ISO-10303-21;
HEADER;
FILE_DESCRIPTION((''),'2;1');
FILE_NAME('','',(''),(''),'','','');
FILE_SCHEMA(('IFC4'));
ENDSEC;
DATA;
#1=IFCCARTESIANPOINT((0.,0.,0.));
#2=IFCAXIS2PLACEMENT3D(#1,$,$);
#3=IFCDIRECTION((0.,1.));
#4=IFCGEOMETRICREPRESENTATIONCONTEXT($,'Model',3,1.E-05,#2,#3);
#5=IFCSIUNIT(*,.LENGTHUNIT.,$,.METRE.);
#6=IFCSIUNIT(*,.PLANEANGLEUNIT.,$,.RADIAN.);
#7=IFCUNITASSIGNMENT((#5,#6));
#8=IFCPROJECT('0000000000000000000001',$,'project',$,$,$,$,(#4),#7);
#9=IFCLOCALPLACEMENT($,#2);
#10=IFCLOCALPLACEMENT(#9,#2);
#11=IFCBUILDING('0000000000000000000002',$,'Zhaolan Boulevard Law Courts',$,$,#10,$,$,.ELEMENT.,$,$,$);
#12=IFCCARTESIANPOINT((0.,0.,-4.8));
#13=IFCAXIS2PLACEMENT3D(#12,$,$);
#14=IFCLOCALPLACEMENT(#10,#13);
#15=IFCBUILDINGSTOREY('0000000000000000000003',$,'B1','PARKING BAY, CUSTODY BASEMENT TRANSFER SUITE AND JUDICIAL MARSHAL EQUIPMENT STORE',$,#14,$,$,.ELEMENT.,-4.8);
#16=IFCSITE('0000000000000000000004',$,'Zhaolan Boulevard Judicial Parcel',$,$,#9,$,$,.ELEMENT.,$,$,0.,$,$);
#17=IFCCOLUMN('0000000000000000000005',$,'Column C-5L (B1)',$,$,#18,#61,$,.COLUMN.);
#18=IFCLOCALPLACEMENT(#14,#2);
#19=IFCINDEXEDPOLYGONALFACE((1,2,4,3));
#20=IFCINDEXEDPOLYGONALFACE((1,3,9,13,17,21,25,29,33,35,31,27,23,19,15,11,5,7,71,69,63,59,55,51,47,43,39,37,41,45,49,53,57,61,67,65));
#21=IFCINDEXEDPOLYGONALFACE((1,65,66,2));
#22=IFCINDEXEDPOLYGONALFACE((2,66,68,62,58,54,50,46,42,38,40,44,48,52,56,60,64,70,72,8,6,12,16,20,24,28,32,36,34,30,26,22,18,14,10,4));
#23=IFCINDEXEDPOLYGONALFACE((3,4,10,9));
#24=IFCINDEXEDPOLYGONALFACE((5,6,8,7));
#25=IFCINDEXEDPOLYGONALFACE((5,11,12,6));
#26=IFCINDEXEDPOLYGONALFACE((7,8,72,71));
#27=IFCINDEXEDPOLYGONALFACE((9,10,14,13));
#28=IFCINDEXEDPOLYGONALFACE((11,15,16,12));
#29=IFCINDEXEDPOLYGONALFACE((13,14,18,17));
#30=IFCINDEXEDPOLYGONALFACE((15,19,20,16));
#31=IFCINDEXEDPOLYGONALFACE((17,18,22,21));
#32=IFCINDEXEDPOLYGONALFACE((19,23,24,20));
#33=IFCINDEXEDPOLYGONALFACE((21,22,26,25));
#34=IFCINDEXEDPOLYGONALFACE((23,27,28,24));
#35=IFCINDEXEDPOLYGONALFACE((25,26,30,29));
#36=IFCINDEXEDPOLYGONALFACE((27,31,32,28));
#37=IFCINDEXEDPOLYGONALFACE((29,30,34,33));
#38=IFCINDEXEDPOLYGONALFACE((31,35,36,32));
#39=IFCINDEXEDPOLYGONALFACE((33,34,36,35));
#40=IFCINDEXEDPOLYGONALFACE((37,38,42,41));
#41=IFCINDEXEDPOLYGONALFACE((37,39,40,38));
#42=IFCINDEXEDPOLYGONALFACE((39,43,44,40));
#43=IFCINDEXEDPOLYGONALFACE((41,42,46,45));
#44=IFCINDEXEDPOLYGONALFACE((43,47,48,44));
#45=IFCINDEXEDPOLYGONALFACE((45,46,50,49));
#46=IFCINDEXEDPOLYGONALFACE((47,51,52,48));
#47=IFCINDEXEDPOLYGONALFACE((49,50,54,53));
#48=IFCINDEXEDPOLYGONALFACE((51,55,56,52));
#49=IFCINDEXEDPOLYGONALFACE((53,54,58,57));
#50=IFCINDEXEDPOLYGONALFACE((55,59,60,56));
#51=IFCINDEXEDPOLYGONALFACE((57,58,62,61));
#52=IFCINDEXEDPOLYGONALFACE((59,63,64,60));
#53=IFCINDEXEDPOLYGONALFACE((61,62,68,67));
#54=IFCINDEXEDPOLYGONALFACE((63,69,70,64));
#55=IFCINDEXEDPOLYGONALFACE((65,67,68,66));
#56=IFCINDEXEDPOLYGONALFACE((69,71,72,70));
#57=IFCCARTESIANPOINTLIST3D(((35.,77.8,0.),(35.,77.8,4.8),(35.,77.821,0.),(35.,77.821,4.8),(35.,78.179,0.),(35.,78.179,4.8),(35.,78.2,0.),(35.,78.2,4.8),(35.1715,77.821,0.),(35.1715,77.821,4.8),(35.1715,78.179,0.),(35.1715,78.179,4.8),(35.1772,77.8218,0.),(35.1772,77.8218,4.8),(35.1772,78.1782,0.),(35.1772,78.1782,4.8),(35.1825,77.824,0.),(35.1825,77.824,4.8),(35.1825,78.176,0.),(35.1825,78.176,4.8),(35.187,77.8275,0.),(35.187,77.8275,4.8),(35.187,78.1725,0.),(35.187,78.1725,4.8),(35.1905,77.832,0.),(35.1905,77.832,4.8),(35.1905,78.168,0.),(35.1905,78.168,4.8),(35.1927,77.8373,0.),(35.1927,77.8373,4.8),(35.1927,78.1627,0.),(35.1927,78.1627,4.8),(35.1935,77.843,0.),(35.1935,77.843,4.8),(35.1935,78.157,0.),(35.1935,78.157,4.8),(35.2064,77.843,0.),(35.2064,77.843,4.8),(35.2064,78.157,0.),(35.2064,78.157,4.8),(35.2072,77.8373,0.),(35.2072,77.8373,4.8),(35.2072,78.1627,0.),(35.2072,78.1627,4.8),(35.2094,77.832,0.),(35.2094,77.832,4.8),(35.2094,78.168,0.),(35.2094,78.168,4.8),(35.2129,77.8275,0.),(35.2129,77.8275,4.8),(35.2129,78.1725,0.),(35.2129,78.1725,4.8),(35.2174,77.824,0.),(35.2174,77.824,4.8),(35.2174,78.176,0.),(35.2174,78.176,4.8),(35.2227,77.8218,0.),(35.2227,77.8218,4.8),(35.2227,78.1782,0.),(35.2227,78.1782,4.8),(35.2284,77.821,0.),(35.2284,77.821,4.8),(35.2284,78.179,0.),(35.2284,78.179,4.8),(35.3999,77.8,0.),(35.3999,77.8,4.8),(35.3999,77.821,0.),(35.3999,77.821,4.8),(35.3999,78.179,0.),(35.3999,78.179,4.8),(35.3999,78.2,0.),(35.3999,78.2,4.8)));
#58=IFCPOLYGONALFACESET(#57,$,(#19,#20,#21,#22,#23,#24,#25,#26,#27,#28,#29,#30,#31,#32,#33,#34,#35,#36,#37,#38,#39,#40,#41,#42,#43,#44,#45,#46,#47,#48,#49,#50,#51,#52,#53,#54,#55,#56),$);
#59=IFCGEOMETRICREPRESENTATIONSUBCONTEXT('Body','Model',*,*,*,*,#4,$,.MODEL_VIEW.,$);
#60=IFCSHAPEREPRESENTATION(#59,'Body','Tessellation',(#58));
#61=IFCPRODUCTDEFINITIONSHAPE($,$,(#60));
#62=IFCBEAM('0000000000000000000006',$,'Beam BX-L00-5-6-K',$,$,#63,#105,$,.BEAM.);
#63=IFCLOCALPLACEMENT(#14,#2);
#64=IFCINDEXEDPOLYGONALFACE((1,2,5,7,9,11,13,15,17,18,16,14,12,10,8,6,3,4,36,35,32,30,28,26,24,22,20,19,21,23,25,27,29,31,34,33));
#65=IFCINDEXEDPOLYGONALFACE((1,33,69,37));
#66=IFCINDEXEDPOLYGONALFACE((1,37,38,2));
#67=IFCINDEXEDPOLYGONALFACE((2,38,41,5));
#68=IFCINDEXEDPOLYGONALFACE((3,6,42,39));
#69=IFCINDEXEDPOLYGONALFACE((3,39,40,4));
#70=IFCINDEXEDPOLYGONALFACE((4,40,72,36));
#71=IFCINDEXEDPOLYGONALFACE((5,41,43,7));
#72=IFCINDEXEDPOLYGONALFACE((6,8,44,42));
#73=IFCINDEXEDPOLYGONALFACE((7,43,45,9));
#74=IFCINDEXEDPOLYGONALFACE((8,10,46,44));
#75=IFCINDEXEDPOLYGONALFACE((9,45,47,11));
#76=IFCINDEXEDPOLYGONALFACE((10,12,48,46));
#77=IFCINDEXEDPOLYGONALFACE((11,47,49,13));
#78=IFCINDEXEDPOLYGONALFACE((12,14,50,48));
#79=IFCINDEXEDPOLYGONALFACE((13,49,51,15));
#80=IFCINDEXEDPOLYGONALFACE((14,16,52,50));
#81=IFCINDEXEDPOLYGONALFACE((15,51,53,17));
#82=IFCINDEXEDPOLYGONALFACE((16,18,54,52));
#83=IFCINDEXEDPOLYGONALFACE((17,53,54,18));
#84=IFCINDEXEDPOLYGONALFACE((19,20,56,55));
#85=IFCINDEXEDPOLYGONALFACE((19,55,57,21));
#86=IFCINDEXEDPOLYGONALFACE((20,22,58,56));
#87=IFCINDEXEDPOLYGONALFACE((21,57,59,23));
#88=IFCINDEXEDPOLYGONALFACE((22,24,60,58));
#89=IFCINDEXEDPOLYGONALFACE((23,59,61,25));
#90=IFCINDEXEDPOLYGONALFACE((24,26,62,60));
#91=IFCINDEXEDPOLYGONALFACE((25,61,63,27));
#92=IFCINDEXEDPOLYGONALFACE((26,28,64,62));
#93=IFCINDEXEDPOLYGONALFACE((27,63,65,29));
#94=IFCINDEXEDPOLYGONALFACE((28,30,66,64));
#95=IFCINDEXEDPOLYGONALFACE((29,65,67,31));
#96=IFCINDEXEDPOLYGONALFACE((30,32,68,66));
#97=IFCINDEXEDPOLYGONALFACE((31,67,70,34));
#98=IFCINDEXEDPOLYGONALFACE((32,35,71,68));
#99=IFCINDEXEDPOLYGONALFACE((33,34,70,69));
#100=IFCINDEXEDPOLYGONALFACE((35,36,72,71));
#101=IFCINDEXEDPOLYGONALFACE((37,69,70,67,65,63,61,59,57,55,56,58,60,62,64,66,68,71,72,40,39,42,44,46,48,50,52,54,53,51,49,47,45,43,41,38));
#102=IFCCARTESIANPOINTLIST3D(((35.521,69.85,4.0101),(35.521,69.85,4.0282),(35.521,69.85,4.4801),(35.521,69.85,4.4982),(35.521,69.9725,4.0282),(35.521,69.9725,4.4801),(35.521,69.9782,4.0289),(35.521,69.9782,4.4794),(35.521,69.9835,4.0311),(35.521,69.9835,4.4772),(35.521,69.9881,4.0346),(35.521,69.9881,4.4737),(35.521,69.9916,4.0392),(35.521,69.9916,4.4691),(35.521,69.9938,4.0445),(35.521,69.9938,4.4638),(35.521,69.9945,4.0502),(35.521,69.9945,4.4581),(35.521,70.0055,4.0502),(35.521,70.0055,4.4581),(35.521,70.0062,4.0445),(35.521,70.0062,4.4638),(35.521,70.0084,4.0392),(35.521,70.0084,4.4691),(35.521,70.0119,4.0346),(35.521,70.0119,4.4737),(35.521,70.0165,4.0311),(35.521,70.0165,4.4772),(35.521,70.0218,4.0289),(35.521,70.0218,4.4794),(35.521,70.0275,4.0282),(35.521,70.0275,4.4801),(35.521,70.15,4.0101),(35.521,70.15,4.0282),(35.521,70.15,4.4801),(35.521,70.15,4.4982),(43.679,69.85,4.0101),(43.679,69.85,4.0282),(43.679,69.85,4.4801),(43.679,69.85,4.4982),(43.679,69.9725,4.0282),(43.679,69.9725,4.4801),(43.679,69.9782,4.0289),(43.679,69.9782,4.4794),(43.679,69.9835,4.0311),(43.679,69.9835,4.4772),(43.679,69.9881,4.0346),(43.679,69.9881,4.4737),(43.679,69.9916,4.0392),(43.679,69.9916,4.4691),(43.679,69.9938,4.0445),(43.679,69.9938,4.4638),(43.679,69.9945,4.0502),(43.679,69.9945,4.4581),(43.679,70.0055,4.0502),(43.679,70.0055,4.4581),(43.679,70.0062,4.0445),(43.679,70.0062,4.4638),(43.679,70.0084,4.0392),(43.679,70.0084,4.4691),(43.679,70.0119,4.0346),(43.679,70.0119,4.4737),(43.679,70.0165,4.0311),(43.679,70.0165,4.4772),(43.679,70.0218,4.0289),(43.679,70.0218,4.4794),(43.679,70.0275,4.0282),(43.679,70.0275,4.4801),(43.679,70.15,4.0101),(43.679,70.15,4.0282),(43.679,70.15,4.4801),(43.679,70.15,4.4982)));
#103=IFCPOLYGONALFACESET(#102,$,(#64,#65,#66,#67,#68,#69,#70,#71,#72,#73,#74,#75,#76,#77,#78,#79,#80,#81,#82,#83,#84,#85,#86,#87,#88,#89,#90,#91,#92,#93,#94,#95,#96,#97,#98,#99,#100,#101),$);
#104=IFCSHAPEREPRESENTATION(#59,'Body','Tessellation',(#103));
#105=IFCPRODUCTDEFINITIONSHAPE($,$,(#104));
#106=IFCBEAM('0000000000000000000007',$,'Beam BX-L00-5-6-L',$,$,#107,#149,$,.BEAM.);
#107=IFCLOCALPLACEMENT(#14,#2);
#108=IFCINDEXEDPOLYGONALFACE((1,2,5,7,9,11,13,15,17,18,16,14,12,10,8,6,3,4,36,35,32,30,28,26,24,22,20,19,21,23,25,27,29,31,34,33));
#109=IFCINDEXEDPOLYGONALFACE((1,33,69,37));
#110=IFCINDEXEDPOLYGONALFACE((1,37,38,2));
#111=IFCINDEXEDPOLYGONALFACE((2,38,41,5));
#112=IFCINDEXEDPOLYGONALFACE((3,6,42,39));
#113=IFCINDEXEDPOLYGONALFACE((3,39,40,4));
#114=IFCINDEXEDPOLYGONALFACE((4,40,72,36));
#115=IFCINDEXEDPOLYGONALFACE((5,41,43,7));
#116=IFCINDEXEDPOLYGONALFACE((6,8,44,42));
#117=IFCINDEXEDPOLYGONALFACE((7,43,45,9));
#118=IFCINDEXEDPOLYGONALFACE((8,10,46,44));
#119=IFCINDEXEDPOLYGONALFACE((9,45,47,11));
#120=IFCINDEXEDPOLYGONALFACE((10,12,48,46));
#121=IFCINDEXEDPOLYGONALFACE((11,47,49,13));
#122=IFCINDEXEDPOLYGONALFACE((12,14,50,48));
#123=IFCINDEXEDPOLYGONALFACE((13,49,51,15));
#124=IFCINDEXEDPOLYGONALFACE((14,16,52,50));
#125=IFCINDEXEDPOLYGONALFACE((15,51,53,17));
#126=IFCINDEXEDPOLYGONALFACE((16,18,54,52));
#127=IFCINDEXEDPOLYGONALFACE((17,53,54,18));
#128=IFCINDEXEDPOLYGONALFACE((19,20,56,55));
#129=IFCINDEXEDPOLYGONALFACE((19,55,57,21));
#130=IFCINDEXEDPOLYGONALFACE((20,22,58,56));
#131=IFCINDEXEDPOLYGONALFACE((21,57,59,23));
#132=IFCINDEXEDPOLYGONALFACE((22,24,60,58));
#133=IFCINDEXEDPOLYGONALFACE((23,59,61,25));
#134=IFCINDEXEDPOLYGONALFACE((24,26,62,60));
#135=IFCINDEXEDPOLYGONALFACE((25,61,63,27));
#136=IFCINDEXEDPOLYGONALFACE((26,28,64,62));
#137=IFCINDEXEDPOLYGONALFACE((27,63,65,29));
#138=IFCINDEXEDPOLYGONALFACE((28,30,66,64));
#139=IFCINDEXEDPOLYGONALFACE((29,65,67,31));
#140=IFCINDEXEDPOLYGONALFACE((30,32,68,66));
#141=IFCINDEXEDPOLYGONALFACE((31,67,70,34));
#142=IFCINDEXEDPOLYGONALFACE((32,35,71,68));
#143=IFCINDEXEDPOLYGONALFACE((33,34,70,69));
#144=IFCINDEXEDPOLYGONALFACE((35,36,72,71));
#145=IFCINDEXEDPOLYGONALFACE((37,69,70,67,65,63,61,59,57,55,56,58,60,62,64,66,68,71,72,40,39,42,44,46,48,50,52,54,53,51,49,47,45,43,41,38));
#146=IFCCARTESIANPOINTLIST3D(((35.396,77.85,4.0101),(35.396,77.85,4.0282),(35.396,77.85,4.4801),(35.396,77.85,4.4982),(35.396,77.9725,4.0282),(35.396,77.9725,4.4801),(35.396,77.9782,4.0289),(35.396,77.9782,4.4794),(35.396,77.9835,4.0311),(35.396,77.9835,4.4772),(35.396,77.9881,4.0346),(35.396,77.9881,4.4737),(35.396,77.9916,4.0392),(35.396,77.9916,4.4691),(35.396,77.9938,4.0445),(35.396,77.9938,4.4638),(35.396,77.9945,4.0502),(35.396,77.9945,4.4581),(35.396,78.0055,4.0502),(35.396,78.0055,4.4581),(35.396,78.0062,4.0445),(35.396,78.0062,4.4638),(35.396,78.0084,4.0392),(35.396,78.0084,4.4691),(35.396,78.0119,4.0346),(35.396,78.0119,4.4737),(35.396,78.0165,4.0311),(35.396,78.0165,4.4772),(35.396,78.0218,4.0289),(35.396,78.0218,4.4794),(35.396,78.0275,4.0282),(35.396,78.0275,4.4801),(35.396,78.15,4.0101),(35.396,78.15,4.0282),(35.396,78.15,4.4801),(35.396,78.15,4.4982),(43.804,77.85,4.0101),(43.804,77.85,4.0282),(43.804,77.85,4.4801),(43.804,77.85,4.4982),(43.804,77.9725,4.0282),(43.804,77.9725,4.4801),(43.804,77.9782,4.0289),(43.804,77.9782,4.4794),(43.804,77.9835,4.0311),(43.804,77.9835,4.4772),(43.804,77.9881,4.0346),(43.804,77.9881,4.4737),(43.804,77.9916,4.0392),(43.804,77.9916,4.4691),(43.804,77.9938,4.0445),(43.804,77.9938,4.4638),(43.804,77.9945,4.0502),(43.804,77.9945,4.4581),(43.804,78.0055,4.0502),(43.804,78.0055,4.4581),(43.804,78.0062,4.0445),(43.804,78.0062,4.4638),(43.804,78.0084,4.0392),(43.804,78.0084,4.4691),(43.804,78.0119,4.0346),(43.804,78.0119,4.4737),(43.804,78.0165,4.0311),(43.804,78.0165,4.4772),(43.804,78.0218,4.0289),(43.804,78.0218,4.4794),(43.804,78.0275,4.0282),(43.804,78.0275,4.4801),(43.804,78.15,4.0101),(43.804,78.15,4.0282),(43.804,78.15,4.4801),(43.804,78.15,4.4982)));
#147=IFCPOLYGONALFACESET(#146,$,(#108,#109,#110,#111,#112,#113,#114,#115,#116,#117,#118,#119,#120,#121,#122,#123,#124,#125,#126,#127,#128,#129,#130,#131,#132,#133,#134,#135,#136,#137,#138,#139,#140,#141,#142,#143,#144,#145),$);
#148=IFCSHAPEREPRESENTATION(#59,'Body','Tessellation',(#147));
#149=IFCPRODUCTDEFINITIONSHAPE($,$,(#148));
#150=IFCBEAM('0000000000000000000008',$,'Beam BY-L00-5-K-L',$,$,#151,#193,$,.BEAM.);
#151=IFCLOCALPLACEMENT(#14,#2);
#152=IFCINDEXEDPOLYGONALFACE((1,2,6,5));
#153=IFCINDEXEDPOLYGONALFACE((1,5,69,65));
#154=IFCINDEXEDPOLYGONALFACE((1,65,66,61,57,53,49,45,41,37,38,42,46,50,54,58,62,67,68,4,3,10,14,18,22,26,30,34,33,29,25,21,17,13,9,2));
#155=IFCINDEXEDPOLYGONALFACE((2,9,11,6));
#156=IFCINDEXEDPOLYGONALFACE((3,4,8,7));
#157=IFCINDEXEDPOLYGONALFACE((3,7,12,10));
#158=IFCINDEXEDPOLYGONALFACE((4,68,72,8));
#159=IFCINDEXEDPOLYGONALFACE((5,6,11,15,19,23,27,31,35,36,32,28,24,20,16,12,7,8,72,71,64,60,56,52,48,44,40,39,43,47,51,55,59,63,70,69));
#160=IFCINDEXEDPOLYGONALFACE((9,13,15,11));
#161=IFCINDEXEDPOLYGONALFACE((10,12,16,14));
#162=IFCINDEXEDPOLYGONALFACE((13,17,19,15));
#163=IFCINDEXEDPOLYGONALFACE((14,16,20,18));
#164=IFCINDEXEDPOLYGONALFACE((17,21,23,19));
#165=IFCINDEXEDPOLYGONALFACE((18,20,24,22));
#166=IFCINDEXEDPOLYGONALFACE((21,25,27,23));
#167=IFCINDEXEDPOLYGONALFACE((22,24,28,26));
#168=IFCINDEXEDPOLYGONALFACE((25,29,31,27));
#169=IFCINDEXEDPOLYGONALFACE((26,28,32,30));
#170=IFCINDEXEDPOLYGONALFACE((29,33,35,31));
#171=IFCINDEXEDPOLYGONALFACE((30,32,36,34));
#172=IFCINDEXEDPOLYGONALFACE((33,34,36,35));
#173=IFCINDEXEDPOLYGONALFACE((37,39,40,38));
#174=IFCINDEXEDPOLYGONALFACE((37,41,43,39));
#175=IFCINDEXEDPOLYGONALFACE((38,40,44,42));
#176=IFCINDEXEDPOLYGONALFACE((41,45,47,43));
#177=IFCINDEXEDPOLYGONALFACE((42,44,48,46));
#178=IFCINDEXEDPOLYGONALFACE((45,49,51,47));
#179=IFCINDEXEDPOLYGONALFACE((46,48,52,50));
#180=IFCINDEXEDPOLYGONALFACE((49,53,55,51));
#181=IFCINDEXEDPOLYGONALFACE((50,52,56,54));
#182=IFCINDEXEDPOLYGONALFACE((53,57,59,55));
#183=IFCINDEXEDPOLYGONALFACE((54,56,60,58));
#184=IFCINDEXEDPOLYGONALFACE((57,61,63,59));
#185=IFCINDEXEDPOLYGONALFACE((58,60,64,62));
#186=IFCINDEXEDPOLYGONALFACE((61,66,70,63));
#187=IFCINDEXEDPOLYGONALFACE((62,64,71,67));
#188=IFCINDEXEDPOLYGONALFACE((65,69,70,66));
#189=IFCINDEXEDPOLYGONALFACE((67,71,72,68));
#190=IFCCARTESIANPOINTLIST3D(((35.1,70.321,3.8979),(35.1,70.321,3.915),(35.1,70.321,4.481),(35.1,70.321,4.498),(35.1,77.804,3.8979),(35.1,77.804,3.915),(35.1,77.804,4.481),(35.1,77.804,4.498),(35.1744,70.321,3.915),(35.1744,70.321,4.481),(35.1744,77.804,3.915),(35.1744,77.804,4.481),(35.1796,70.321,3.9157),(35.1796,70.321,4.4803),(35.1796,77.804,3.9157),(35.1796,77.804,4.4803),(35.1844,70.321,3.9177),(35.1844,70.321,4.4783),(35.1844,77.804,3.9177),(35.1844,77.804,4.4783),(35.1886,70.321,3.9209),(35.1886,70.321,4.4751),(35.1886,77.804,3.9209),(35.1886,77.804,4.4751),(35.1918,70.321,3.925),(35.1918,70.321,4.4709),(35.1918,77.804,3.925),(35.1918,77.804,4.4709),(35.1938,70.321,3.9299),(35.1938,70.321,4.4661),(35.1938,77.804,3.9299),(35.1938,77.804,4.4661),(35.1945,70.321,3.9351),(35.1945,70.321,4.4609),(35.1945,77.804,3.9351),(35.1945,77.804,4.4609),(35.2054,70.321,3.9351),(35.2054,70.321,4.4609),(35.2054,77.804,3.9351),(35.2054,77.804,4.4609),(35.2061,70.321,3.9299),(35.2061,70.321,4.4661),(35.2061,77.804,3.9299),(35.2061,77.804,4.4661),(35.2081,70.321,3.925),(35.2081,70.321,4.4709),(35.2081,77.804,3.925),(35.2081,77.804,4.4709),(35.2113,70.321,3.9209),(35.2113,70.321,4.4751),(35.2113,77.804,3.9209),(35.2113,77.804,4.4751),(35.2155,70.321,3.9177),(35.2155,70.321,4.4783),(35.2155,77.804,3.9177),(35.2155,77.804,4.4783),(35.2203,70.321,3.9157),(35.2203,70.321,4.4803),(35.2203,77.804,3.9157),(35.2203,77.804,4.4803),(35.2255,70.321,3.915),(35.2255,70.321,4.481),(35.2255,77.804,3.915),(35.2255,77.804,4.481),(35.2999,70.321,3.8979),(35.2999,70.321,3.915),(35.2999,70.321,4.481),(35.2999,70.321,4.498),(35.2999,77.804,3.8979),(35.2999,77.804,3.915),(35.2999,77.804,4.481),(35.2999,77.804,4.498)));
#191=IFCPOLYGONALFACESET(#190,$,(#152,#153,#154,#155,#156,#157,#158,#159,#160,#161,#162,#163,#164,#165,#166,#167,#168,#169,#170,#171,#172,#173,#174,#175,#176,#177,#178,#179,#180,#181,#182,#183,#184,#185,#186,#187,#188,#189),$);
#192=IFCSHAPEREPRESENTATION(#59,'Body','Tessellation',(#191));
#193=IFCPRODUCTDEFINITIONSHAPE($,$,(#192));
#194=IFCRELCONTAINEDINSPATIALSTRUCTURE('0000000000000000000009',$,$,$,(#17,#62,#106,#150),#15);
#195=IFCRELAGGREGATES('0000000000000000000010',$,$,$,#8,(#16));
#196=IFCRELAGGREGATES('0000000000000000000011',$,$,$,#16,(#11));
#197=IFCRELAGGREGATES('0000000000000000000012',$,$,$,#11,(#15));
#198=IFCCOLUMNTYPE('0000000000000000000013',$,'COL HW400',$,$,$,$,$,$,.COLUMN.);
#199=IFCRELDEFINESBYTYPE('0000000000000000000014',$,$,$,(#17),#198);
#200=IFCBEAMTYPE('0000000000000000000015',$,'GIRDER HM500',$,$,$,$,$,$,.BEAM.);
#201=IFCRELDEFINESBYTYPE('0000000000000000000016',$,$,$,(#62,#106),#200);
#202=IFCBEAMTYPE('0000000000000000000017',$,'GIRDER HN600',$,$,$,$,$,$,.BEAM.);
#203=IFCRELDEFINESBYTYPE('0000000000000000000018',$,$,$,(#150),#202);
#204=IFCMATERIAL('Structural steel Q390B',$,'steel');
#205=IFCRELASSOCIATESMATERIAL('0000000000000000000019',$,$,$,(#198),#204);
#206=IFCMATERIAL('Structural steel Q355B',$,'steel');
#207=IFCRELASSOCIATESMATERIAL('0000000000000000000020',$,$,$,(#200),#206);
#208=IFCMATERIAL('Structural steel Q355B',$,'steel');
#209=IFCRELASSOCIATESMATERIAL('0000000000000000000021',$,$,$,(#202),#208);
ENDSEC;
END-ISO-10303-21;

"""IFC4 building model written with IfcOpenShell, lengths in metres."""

from ifc_helpers import new_model, si_unit, direction, frame, origin, origin_2d, place, context, subcontext, project, spatial, i_section, extrude, material, material_profile, profile_set, type_object, element, save


model = new_model("IFC4")

# Units and contexts
model_context = context("Model", 3, precision=1e-05, world=origin(), true_north=direction((0.0, 1.0)))
body_context = subcontext(model_context, "Body", "Model", "MODEL_VIEW")
ifc_project = project(units=[si_unit("LENGTHUNIT", "METRE"), si_unit("PLANEANGLEUNIT", "RADIAN")], contexts=[model_context])

# Site, building, storey
site_placement = place(None, origin())
site = spatial("IfcSite", under=ifc_project, at=site_placement, Name="Zhaolan Boulevard Judicial Parcel", CompositionType="ELEMENT", RefElevation=0.0)
building_placement = place(site_placement, origin())
building = spatial("IfcBuilding", under=site, at=building_placement, Name="Zhaolan Boulevard Law Courts", CompositionType="ELEMENT")
storey_placement = place(building_placement, frame((0.0, 0.0, -4.8)))
storey = spatial("IfcBuildingStorey", under=building, at=storey_placement, Name="B1", Description="PARKING BAY, CUSTODY BASEMENT TRANSFER SUITE AND JUDICIAL MARSHAL EQUIPMENT STORE", CompositionType="ELEMENT", Elevation=-4.8)

# Column
ifc_material_1 = material(Name="Structural steel Q390B", Category="steel")
ifc_material_profile_1 = material_profile(ifc_material_1, i_section(OverallWidth=0.3999, OverallDepth=0.3999, WebThickness=0.0129, FlangeThickness=0.021, FilletRadius=0.022, at=origin_2d()), Name="HW400x400")
ifc_profile_set_1 = profile_set([ifc_material_profile_1], Name="Structural steel Q390B")
column_type_1 = type_object("IfcColumnType", Name="COL HW400", PredefinedType="COLUMN", material=ifc_profile_set_1)
column_1_placement = place(storey_placement, frame((35.2, 78.0, 0.0), z_axis=(0.0, 0.0, 1.0), x_axis=(1.0, 0.0, 0.0)))
element("IfcColumn", 1, at=column_1_placement, inside=storey, type_object=column_type_1, Name="Column C-5L (B1)", PredefinedType="COLUMN", context=body_context, shape_type="SweptSolid", body=[
    extrude(i_section(OverallWidth=0.3999, OverallDepth=0.3999, WebThickness=0.0129, FlangeThickness=0.021, FilletRadius=0.022, at=origin_2d()), origin(), (0.0, 0.0, 1.0), 4.8),
])

# Beams
ifc_material_2 = material(Name="Structural steel Q355B", Category="steel")
ifc_material_profile_2 = material_profile(ifc_material_2, i_section(OverallWidth=0.3, OverallDepth=0.488, WebThickness=0.011, FlangeThickness=0.0181, FilletRadius=0.022, at=origin_2d()), Name="HM488x300")
ifc_profile_set_2 = profile_set([ifc_material_profile_2], Name="Structural steel Q355B")
beam_type_1 = type_object("IfcBeamType", Name="GIRDER HM500", PredefinedType="BEAM", material=ifc_profile_set_2)
beam_1_placement = place(storey_placement, frame((35.521, 70.0, 4.2542), z_axis=(1.0, 0.0, 0.0), x_axis=(0.0, 1.0, 0.0)))
element("IfcBeam", 2, at=beam_1_placement, inside=storey, type_object=beam_type_1, Name="Beam BX-L00-5-6-K", PredefinedType="BEAM", context=body_context, shape_type="SweptSolid", body=[
    extrude(i_section(OverallWidth=0.3, OverallDepth=0.488, WebThickness=0.011, FlangeThickness=0.0181, FilletRadius=0.022, at=origin_2d()), origin(), (0.0, 0.0, 1.0), 8.158),
])
beam_2_placement = place(storey_placement, frame((35.396, 78.0, 4.2542), z_axis=(1.0, 0.0, 0.0), x_axis=(0.0, 1.0, 0.0)))
element("IfcBeam", 3, at=beam_2_placement, inside=storey, type_object=beam_type_1, Name="Beam BX-L00-5-6-L", PredefinedType="BEAM", context=body_context, shape_type="SweptSolid", body=[
    extrude(i_section(OverallWidth=0.3, OverallDepth=0.488, WebThickness=0.011, FlangeThickness=0.0181, FilletRadius=0.022, at=origin_2d()), origin(), (0.0, 0.0, 1.0), 8.408),
])
ifc_material_3 = material(Name="Structural steel Q355B", Category="steel")
ifc_material_profile_3 = material_profile(ifc_material_3, i_section(OverallWidth=0.2, OverallDepth=0.6001, WebThickness=0.011, FlangeThickness=0.0171, FilletRadius=0.02, at=origin_2d()), Name="HN600x200")
ifc_profile_set_3 = profile_set([ifc_material_profile_3], Name="Structural steel Q355B")
beam_type_2 = type_object("IfcBeamType", Name="GIRDER HN600", PredefinedType="BEAM", material=ifc_profile_set_3)
beam_3_placement = place(storey_placement, frame((35.2, 70.321, 4.198), z_axis=(0.0, 1.0, 0.0), x_axis=(-1.0, 0.0, 0.0)))
element("IfcBeam", 4, at=beam_3_placement, inside=storey, type_object=beam_type_2, Name="Beam BY-L00-5-K-L", PredefinedType="BEAM", context=body_context, shape_type="SweptSolid", body=[
    extrude(i_section(OverallWidth=0.2, OverallDepth=0.6001, WebThickness=0.011, FlangeThickness=0.0171, FilletRadius=0.02, at=origin_2d()), origin(), (0.0, 0.0, 1.0), 7.4829),
])

save(model, "model.ifc")
